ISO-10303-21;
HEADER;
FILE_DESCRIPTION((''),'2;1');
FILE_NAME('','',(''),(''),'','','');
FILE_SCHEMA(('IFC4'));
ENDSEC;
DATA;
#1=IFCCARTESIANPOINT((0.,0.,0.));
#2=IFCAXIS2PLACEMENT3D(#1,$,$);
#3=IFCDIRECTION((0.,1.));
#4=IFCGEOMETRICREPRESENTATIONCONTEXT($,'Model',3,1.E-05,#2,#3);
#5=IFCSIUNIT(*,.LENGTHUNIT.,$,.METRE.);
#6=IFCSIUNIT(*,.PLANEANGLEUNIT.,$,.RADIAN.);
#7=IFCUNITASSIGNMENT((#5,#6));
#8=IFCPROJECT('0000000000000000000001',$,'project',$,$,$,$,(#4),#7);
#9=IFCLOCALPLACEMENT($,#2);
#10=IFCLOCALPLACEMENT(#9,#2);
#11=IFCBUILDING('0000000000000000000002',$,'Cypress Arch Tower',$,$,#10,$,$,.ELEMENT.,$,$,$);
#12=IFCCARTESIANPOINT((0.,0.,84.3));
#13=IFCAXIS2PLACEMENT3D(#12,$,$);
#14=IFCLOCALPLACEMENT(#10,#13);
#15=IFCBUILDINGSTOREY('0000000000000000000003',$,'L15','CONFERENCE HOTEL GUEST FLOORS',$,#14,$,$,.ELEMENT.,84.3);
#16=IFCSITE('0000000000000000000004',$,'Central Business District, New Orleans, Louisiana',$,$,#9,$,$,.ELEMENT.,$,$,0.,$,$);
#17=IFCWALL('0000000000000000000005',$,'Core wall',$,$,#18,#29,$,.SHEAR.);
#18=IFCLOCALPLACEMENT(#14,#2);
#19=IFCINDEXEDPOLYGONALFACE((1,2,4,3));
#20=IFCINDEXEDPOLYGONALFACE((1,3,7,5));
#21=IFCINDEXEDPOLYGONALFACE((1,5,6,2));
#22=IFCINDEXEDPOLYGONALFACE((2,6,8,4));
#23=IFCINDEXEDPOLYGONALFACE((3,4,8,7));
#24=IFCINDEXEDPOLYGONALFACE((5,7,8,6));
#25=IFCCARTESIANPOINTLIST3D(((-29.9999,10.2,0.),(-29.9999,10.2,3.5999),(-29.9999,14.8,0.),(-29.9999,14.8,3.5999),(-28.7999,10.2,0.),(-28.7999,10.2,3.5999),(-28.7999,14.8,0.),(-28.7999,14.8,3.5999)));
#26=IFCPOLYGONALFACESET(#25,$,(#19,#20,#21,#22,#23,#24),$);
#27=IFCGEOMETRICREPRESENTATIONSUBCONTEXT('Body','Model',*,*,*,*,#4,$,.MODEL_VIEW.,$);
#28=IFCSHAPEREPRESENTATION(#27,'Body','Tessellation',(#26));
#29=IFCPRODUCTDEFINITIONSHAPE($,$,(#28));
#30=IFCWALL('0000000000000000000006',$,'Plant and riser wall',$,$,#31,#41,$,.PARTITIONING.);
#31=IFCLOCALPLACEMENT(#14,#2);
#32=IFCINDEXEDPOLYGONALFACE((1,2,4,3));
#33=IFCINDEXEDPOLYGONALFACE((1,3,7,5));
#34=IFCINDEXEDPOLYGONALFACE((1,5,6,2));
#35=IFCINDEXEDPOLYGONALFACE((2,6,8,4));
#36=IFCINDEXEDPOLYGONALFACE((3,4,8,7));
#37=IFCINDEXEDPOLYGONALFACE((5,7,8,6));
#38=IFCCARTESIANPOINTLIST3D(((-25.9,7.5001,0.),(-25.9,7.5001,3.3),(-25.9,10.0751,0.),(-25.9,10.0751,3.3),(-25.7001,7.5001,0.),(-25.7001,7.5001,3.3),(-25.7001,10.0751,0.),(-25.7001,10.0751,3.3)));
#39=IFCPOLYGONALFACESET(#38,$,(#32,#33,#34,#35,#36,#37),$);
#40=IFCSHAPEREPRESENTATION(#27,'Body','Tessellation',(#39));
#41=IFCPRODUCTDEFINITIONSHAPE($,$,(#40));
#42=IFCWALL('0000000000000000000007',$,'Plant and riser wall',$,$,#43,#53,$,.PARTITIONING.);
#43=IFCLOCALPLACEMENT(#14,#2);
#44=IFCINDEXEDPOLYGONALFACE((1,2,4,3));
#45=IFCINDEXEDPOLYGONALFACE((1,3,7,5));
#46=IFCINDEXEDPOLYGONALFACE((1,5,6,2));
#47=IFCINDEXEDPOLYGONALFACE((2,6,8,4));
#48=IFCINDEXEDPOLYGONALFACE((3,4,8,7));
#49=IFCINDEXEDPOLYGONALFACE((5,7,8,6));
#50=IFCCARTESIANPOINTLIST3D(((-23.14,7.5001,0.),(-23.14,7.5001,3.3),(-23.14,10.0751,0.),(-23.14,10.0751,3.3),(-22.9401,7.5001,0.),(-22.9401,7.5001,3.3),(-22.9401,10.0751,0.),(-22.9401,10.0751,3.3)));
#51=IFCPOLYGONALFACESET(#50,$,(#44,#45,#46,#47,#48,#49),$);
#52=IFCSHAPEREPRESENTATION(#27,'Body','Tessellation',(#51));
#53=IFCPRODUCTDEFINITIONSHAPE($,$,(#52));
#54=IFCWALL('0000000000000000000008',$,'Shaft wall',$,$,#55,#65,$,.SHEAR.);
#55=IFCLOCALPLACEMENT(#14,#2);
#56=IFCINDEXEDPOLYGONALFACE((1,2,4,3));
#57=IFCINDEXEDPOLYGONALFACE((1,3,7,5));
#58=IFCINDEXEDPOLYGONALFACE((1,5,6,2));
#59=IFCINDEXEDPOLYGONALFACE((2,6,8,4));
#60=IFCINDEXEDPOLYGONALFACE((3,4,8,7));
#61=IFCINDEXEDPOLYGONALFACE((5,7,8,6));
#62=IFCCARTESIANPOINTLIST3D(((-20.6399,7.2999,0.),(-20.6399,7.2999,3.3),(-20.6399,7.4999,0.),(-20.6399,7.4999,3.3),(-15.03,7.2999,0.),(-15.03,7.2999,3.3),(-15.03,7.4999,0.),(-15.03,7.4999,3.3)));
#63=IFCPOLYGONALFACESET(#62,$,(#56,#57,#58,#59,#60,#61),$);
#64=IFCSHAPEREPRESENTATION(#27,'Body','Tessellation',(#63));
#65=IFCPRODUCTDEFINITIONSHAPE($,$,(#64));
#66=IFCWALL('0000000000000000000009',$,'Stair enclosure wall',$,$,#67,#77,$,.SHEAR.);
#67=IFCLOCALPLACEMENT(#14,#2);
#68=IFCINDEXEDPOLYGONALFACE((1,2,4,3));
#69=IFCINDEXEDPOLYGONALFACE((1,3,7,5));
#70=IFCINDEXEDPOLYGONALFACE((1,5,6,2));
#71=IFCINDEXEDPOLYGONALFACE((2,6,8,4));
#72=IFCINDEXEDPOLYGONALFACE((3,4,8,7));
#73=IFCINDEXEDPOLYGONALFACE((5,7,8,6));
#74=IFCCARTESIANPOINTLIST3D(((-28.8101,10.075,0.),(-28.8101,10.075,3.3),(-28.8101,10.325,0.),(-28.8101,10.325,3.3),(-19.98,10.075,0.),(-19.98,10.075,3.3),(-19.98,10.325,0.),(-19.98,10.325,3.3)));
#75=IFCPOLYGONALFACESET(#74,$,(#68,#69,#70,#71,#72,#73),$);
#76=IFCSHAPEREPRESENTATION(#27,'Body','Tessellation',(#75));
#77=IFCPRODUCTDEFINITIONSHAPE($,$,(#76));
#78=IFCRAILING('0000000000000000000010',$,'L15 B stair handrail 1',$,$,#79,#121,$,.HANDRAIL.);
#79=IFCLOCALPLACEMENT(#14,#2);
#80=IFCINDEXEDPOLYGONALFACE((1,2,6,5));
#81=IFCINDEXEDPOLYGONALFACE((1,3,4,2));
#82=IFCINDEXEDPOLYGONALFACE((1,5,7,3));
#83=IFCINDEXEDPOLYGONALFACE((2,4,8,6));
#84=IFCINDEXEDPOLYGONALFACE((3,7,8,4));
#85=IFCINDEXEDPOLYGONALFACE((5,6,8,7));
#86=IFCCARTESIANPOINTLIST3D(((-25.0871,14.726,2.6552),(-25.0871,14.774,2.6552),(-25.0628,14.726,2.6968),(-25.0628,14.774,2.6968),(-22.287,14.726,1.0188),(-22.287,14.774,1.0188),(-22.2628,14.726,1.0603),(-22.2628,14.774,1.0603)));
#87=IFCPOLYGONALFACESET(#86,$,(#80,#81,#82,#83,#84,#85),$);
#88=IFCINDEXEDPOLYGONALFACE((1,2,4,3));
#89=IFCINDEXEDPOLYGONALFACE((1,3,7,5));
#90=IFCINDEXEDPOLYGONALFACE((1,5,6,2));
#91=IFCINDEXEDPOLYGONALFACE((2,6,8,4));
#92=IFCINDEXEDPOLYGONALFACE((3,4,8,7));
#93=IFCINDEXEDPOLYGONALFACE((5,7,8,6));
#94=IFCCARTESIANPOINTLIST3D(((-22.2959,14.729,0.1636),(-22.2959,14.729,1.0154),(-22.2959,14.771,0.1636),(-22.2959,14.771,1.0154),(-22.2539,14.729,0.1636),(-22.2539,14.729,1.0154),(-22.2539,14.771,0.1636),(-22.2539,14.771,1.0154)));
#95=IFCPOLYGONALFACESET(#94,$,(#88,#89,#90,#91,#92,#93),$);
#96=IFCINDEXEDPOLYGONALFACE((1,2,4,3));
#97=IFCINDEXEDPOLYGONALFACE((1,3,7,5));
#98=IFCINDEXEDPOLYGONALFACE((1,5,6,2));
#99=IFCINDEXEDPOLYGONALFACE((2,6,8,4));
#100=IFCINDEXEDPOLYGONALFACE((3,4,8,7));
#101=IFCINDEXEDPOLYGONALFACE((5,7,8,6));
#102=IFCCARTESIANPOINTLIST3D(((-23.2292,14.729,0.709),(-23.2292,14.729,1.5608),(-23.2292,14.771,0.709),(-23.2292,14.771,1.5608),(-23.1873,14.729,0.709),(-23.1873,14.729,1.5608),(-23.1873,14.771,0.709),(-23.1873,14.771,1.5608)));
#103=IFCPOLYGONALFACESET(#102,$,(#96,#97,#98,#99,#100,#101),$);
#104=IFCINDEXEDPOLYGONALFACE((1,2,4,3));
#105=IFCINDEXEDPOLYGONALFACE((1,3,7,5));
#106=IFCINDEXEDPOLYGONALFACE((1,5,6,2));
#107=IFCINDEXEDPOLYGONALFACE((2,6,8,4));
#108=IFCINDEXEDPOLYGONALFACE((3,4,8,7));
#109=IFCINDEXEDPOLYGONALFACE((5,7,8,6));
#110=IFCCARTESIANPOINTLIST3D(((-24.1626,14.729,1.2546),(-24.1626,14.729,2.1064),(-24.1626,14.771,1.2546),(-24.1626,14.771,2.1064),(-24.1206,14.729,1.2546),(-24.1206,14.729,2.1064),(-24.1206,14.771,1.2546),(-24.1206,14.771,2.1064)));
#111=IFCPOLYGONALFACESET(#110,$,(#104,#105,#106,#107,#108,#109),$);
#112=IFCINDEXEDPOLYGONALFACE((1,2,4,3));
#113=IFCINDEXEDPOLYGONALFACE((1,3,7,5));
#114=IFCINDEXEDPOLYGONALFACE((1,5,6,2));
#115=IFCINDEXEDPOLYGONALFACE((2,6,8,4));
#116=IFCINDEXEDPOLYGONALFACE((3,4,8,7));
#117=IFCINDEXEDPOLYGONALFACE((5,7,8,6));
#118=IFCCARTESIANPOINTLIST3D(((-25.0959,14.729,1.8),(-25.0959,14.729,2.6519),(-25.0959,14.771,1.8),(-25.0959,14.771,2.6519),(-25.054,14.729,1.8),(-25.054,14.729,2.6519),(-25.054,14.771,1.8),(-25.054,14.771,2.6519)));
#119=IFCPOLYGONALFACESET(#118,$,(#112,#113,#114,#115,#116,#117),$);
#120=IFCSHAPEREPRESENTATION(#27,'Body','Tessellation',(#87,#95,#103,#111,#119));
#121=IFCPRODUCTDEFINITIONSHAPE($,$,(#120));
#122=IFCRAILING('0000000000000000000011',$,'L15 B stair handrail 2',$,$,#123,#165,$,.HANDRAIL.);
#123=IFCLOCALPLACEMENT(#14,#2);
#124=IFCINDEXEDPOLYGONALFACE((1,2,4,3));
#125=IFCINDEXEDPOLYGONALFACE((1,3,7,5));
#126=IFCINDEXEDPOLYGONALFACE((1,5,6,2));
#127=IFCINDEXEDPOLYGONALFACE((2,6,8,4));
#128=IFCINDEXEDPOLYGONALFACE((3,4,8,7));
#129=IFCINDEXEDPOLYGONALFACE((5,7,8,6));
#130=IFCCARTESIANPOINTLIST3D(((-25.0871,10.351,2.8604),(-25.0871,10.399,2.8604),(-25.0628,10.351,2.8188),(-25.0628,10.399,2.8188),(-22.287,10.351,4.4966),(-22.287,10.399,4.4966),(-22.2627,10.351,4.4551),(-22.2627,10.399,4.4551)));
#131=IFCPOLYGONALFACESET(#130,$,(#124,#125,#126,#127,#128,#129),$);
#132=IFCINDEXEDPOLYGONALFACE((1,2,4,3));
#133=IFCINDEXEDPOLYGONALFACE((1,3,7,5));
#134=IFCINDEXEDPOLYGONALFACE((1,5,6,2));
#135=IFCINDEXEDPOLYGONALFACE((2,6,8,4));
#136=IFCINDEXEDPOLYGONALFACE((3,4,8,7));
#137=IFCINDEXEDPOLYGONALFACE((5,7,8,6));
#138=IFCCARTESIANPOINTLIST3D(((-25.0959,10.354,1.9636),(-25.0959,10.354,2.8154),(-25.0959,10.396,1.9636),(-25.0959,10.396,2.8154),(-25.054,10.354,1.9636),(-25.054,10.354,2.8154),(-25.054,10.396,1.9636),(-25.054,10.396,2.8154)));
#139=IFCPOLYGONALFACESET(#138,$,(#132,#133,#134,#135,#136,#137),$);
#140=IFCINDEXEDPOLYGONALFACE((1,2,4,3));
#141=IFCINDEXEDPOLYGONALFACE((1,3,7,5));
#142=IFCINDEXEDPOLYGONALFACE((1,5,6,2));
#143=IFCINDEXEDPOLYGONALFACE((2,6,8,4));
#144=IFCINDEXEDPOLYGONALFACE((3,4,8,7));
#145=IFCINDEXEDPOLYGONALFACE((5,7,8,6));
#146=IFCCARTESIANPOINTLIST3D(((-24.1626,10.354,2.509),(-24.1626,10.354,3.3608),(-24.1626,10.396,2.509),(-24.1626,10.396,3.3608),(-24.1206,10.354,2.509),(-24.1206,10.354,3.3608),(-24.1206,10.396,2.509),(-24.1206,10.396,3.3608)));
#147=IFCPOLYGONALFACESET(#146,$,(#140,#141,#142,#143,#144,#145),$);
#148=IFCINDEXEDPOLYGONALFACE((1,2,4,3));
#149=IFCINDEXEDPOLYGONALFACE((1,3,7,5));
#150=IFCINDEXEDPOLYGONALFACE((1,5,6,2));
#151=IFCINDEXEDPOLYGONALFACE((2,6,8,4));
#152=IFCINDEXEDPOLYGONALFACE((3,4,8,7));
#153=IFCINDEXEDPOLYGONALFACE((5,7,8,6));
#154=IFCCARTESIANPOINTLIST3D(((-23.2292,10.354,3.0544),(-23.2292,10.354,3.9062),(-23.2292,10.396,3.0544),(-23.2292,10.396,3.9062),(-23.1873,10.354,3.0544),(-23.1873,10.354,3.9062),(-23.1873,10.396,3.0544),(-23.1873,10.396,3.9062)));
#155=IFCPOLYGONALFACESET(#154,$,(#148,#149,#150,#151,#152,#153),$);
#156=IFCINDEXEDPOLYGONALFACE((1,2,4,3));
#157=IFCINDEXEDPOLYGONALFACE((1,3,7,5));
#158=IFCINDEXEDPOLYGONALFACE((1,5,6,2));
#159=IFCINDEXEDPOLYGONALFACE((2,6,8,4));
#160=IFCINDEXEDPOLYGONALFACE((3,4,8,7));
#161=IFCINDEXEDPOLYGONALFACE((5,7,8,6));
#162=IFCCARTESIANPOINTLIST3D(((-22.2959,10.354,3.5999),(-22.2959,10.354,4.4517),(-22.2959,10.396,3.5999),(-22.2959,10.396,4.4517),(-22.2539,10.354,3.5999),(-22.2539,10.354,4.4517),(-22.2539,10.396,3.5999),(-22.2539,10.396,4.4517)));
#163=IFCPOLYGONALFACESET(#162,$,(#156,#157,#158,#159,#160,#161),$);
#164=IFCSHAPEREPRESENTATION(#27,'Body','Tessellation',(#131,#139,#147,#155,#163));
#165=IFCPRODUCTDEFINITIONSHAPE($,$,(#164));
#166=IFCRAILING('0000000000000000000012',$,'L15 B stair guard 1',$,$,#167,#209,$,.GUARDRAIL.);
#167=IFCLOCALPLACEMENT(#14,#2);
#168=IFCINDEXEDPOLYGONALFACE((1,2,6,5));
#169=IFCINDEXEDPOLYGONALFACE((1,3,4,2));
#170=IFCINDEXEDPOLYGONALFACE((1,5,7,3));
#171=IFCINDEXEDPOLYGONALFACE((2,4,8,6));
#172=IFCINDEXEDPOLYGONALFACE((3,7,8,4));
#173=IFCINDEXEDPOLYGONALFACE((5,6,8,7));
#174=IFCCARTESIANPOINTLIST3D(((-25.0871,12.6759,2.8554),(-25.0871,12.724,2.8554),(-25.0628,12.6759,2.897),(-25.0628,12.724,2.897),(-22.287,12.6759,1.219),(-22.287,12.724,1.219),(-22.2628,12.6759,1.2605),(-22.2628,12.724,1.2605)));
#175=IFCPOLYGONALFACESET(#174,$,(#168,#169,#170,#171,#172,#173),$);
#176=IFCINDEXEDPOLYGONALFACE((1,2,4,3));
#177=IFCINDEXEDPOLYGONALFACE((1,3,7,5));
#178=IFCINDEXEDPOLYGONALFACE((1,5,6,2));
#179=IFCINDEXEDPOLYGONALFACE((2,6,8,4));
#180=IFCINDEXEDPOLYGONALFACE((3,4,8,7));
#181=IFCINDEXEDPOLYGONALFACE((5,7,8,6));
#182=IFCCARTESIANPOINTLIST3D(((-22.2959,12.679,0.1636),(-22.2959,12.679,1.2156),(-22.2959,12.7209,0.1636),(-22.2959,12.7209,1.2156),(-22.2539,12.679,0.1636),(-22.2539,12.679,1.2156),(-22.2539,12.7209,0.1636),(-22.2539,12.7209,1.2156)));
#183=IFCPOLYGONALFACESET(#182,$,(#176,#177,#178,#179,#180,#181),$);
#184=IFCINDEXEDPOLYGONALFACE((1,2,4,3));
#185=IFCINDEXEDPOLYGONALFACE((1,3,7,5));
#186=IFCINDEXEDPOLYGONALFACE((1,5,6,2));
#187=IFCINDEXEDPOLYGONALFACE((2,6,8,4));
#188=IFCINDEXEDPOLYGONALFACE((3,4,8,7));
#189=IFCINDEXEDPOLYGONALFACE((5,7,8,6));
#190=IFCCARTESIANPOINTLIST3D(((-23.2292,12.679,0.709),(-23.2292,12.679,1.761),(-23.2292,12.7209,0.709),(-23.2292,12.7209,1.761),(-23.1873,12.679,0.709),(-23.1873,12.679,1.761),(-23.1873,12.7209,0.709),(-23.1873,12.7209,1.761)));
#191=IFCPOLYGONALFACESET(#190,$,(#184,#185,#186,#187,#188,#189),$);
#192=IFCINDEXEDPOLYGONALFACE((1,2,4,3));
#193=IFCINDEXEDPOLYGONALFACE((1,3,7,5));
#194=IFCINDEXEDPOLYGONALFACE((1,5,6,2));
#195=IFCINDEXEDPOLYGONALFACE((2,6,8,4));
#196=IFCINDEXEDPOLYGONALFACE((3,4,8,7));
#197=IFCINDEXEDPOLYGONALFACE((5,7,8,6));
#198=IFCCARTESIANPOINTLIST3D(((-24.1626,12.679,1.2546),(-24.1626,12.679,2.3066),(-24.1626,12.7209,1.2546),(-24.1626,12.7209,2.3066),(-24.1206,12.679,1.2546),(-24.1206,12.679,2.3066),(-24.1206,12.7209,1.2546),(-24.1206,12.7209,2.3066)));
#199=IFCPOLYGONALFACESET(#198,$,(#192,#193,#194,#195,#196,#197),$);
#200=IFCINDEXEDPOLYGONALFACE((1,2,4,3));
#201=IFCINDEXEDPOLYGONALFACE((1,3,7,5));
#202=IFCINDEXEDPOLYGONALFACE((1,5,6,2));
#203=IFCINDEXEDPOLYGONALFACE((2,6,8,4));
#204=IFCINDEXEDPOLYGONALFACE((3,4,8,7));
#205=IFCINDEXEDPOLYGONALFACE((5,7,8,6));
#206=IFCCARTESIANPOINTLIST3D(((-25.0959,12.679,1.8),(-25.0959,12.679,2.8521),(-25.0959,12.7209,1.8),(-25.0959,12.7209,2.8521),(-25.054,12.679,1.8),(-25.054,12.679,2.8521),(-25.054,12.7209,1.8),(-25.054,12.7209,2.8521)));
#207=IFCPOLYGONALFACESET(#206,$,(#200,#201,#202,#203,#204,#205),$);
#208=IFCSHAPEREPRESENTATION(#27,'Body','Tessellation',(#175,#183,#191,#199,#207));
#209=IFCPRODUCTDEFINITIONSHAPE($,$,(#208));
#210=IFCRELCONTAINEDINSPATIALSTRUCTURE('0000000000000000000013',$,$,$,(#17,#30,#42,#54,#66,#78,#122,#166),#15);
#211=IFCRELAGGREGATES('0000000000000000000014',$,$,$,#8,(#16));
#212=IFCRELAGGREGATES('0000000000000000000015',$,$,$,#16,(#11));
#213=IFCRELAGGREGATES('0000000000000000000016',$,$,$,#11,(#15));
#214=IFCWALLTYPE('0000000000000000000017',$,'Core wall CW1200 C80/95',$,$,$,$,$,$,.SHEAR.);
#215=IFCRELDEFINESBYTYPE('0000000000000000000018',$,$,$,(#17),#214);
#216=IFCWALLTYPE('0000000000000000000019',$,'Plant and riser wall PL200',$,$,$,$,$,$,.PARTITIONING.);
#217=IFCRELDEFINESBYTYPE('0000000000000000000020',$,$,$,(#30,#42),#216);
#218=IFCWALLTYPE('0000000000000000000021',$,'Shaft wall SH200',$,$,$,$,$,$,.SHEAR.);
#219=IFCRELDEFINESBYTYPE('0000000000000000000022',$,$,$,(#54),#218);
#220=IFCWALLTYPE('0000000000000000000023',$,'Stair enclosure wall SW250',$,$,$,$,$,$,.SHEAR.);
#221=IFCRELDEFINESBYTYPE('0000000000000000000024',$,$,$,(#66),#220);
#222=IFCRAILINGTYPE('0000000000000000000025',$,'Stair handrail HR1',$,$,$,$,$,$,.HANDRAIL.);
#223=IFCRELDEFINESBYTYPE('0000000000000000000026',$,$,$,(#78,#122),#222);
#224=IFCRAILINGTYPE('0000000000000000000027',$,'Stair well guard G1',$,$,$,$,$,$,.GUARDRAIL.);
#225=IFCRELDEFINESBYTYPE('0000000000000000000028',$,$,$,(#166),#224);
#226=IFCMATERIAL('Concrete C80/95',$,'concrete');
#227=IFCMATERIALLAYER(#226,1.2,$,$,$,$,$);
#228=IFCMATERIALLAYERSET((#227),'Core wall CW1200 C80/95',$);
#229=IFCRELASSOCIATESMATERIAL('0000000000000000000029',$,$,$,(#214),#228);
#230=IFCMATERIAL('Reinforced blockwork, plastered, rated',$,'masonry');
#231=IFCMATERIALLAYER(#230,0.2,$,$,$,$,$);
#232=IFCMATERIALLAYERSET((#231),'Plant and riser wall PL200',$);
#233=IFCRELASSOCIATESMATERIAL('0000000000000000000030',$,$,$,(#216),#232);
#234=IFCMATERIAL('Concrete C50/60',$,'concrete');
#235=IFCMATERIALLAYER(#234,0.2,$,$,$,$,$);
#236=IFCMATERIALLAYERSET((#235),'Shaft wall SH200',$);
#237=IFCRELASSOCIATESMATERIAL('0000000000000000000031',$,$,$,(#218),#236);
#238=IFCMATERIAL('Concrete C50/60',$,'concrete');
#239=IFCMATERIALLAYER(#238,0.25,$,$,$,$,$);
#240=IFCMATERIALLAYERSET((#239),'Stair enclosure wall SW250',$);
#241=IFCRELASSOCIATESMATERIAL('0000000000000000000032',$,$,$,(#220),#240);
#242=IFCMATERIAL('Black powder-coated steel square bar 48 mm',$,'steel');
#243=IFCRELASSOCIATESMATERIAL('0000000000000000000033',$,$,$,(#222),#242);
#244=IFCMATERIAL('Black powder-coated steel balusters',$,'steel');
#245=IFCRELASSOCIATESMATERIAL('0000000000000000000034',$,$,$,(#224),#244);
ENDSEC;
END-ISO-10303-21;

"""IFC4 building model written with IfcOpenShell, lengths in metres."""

from ifc_helpers import new_model, si_unit, direction, frame, frame_2d, origin, origin_2d, place, context, subcontext, project, spatial, rectangle, extrude, material, layer, layer_set, type_object, element, save


model = new_model("IFC4")

# Units and contexts
model_context = context("Model", 3, precision=1e-05, world=origin(), true_north=direction((0.0, 1.0)))
body_context = subcontext(model_context, "Body", "Model", "MODEL_VIEW")
ifc_project = project(units=[si_unit("LENGTHUNIT", "METRE"), si_unit("PLANEANGLEUNIT", "RADIAN")], contexts=[model_context])

# Site, building, storey
site_placement = place(None, origin())
site = spatial("IfcSite", under=ifc_project, at=site_placement, Name="Central Business District, New Orleans, Louisiana", CompositionType="ELEMENT", RefElevation=0.0)
building_placement = place(site_placement, origin())
building = spatial("IfcBuilding", under=site, at=building_placement, Name="Cypress Arch Tower", CompositionType="ELEMENT")
storey_placement = place(building_placement, frame((0.0, 0.0, 84.3)))
storey = spatial("IfcBuildingStorey", under=building, at=storey_placement, Name="L15", Description="CONFERENCE HOTEL GUEST FLOORS", CompositionType="ELEMENT", Elevation=84.3)

# Shared definitions
ifc_material_1 = material(Name="Concrete C80/95", Category="concrete")
ifc_layer_1 = layer(ifc_material_1, 1.2)
ifc_layer_set_1 = layer_set([ifc_layer_1], Name="Core wall CW1200 C80/95")
wall_type_1 = type_object("IfcWallType", Name="Core wall CW1200 C80/95", PredefinedType="SHEAR", material=ifc_layer_set_1)

# Wall
wall_1_placement = place(storey_placement, frame((-29.3999, 10.2, 0.0), z_axis=(0.0, 0.0, 1.0), x_axis=(0.0, 1.0, 0.0)))
element("IfcWall", 1, at=wall_1_placement, inside=storey, type_object=wall_type_1, Name="Core wall", PredefinedType="SHEAR", context=body_context, shape_type="SweptSolid", body=[
    extrude(rectangle(XDim=4.6001, YDim=1.2, at=frame_2d((2.3, 0.0))), origin(), (0.0, 0.0, 1.0), 3.5999),
])

# Walls
ifc_material_2 = material(Name="Reinforced blockwork, plastered, rated", Category="masonry")
ifc_layer_2 = layer(ifc_material_2, 0.2)
ifc_layer_set_2 = layer_set([ifc_layer_2], Name="Plant and riser wall PL200")
wall_type_2 = type_object("IfcWallType", Name="Plant and riser wall PL200", PredefinedType="PARTITIONING", material=ifc_layer_set_2)
for number, where, z_axis, x_axis, name in (
    (2, (-25.8, 7.5, 0.0), (0.0, 0.0, 1.0), (0.0, 1.0, 0.0), "Plant and riser wall"),
    (3, (-23.04, 7.5, 0.0), (0.0, 0.0, 1.0), (0.0, 1.0, 0.0), "Plant and riser wall"),
):
    element("IfcWall", number, at=place(storey_placement, frame(where, z_axis=z_axis, x_axis=x_axis)), inside=storey, type_object=wall_type_2, Name=name, PredefinedType="PARTITIONING", context=body_context, shape_type="SweptSolid", body=[
        extrude(rectangle(XDim=2.575, YDim=0.2, at=frame_2d((1.2876, 0.0))), origin(), (0.0, 0.0, 1.0), 3.3),
    ])
ifc_material_3 = material(Name="Concrete C50/60", Category="concrete")
ifc_layer_3 = layer(ifc_material_3, 0.2)
ifc_layer_set_3 = layer_set([ifc_layer_3], Name="Shaft wall SH200")
wall_type_3 = type_object("IfcWallType", Name="Shaft wall SH200", PredefinedType="SHEAR", material=ifc_layer_set_3)
wall_2_placement = place(storey_placement, frame((-20.6399, 7.3999, 0.0), z_axis=(0.0, 0.0, 1.0), x_axis=(1.0, 0.0, 0.0)))
element("IfcWall", 4, at=wall_2_placement, inside=storey, type_object=wall_type_3, Name="Shaft wall", PredefinedType="SHEAR", context=body_context, shape_type="SweptSolid", body=[
    extrude(rectangle(XDim=5.6099, YDim=0.2, at=frame_2d((2.8049, 0.0))), origin(), (0.0, 0.0, 1.0), 3.3),
])
ifc_material_4 = material(Name="Concrete C50/60", Category="concrete")
ifc_layer_4 = layer(ifc_material_4, 0.25)
ifc_layer_set_4 = layer_set([ifc_layer_4], Name="Stair enclosure wall SW250")
wall_type_4 = type_object("IfcWallType", Name="Stair enclosure wall SW250", PredefinedType="SHEAR", material=ifc_layer_set_4)
wall_3_placement = place(storey_placement, frame((-28.8101, 10.2, 0.0), z_axis=(0.0, 0.0, 1.0), x_axis=(1.0, 0.0, 0.0)))
element("IfcWall", 5, at=wall_3_placement, inside=storey, type_object=wall_type_4, Name="Stair enclosure wall", PredefinedType="SHEAR", context=body_context, shape_type="SweptSolid", body=[
    extrude(rectangle(XDim=8.8301, YDim=0.25, at=frame_2d((4.415, 0.0))), origin(), (0.0, 0.0, 1.0), 3.3),
])

# Railings
ifc_material_5 = material(Name="Black powder-coated steel square bar 48 mm", Category="steel")
railing_type_1 = type_object("IfcRailingType", Name="Stair handrail HR1", PredefinedType="HANDRAIL", material=ifc_material_5)
railing_1_placement = place(storey_placement, frame((-22.2749, 14.75, 0.1636)))
element("IfcRailing", 6, at=railing_1_placement, inside=storey, type_object=railing_type_1, Name="L15 B stair handrail 1", PredefinedType="HANDRAIL", context=body_context, shape_type="SweptSolid", body=[
    extrude(rectangle(XDim=0.0481, YDim=0.0481, at=origin_2d()), frame((0.0, 0.0, 0.876), z_axis=(-0.863361, 0.0, 0.504587), x_axis=(0.0, -1.0, 0.0)), (0.0, 0.0, 1.0), 3.2432),
    extrude(rectangle(XDim=0.042, YDim=0.042, at=origin_2d()), origin(), (0.0, 0.0, 1.0), 0.8518),
    extrude(rectangle(XDim=0.042, YDim=0.042, at=origin_2d()), frame((-0.9333, 0.0, 0.5454)), (0.0, 0.0, 1.0), 0.8518),
    extrude(rectangle(XDim=0.042, YDim=0.042, at=origin_2d()), frame((-1.8667, 0.0, 1.0911)), (0.0, 0.0, 1.0), 0.8518),
    extrude(rectangle(XDim=0.042, YDim=0.042, at=origin_2d()), frame((-2.8, 0.0, 1.6365)), (0.0, 0.0, 1.0), 0.8518),
])
railing_2_placement = place(storey_placement, frame((-25.075, 10.375, 1.9636)))
element("IfcRailing", 7, at=railing_2_placement, inside=storey, type_object=railing_type_1, Name="L15 B stair handrail 2", PredefinedType="HANDRAIL", context=body_context, shape_type="SweptSolid", body=[
    extrude(rectangle(XDim=0.0481, YDim=0.0481, at=origin_2d()), frame((0.0, 0.0, 0.876), z_axis=(0.863394, 0.0, 0.504531), x_axis=(0.0, 1.0, 0.0)), (0.0, 0.0, 1.0), 3.2432),
    extrude(rectangle(XDim=0.042, YDim=0.042, at=origin_2d()), origin(), (0.0, 0.0, 1.0), 0.8518),
    extrude(rectangle(XDim=0.042, YDim=0.042, at=origin_2d()), frame((0.9333, 0.0, 0.5454)), (0.0, 0.0, 1.0), 0.8518),
    extrude(rectangle(XDim=0.042, YDim=0.042, at=origin_2d()), frame((1.8667, 0.0, 1.0908)), (0.0, 0.0, 1.0), 0.8518),
    extrude(rectangle(XDim=0.042, YDim=0.042, at=origin_2d()), frame((2.8, 0.0, 1.6362)), (0.0, 0.0, 1.0), 0.8518),
])
ifc_material_6 = material(Name="Black powder-coated steel balusters", Category="steel")
railing_type_2 = type_object("IfcRailingType", Name="Stair well guard G1", PredefinedType="GUARDRAIL", material=ifc_material_6)
railing_3_placement = place(storey_placement, frame((-22.2749, 12.7, 0.1636)))
element("IfcRailing", 8, at=railing_3_placement, inside=storey, type_object=railing_type_2, Name="L15 B stair guard 1", PredefinedType="GUARDRAIL", context=body_context, shape_type="SweptSolid", body=[
    extrude(rectangle(XDim=0.0481, YDim=0.0481, at=origin_2d()), frame((0.0, 0.0, 1.0762), z_axis=(-0.863361, 0.0, 0.504587), x_axis=(0.0, -1.0, 0.0)), (0.0, 0.0, 1.0), 3.2432),
    extrude(rectangle(XDim=0.042, YDim=0.042, at=origin_2d()), origin(), (0.0, 0.0, 1.0), 1.052),
    extrude(rectangle(XDim=0.042, YDim=0.042, at=origin_2d()), frame((-0.9333, 0.0, 0.5454)), (0.0, 0.0, 1.0), 1.052),
    extrude(rectangle(XDim=0.042, YDim=0.042, at=origin_2d()), frame((-1.8667, 0.0, 1.0911)), (0.0, 0.0, 1.0), 1.052),
    extrude(rectangle(XDim=0.042, YDim=0.042, at=origin_2d()), frame((-2.8, 0.0, 1.6365)), (0.0, 0.0, 1.0), 1.052),
])

save(model, "model.ifc")
